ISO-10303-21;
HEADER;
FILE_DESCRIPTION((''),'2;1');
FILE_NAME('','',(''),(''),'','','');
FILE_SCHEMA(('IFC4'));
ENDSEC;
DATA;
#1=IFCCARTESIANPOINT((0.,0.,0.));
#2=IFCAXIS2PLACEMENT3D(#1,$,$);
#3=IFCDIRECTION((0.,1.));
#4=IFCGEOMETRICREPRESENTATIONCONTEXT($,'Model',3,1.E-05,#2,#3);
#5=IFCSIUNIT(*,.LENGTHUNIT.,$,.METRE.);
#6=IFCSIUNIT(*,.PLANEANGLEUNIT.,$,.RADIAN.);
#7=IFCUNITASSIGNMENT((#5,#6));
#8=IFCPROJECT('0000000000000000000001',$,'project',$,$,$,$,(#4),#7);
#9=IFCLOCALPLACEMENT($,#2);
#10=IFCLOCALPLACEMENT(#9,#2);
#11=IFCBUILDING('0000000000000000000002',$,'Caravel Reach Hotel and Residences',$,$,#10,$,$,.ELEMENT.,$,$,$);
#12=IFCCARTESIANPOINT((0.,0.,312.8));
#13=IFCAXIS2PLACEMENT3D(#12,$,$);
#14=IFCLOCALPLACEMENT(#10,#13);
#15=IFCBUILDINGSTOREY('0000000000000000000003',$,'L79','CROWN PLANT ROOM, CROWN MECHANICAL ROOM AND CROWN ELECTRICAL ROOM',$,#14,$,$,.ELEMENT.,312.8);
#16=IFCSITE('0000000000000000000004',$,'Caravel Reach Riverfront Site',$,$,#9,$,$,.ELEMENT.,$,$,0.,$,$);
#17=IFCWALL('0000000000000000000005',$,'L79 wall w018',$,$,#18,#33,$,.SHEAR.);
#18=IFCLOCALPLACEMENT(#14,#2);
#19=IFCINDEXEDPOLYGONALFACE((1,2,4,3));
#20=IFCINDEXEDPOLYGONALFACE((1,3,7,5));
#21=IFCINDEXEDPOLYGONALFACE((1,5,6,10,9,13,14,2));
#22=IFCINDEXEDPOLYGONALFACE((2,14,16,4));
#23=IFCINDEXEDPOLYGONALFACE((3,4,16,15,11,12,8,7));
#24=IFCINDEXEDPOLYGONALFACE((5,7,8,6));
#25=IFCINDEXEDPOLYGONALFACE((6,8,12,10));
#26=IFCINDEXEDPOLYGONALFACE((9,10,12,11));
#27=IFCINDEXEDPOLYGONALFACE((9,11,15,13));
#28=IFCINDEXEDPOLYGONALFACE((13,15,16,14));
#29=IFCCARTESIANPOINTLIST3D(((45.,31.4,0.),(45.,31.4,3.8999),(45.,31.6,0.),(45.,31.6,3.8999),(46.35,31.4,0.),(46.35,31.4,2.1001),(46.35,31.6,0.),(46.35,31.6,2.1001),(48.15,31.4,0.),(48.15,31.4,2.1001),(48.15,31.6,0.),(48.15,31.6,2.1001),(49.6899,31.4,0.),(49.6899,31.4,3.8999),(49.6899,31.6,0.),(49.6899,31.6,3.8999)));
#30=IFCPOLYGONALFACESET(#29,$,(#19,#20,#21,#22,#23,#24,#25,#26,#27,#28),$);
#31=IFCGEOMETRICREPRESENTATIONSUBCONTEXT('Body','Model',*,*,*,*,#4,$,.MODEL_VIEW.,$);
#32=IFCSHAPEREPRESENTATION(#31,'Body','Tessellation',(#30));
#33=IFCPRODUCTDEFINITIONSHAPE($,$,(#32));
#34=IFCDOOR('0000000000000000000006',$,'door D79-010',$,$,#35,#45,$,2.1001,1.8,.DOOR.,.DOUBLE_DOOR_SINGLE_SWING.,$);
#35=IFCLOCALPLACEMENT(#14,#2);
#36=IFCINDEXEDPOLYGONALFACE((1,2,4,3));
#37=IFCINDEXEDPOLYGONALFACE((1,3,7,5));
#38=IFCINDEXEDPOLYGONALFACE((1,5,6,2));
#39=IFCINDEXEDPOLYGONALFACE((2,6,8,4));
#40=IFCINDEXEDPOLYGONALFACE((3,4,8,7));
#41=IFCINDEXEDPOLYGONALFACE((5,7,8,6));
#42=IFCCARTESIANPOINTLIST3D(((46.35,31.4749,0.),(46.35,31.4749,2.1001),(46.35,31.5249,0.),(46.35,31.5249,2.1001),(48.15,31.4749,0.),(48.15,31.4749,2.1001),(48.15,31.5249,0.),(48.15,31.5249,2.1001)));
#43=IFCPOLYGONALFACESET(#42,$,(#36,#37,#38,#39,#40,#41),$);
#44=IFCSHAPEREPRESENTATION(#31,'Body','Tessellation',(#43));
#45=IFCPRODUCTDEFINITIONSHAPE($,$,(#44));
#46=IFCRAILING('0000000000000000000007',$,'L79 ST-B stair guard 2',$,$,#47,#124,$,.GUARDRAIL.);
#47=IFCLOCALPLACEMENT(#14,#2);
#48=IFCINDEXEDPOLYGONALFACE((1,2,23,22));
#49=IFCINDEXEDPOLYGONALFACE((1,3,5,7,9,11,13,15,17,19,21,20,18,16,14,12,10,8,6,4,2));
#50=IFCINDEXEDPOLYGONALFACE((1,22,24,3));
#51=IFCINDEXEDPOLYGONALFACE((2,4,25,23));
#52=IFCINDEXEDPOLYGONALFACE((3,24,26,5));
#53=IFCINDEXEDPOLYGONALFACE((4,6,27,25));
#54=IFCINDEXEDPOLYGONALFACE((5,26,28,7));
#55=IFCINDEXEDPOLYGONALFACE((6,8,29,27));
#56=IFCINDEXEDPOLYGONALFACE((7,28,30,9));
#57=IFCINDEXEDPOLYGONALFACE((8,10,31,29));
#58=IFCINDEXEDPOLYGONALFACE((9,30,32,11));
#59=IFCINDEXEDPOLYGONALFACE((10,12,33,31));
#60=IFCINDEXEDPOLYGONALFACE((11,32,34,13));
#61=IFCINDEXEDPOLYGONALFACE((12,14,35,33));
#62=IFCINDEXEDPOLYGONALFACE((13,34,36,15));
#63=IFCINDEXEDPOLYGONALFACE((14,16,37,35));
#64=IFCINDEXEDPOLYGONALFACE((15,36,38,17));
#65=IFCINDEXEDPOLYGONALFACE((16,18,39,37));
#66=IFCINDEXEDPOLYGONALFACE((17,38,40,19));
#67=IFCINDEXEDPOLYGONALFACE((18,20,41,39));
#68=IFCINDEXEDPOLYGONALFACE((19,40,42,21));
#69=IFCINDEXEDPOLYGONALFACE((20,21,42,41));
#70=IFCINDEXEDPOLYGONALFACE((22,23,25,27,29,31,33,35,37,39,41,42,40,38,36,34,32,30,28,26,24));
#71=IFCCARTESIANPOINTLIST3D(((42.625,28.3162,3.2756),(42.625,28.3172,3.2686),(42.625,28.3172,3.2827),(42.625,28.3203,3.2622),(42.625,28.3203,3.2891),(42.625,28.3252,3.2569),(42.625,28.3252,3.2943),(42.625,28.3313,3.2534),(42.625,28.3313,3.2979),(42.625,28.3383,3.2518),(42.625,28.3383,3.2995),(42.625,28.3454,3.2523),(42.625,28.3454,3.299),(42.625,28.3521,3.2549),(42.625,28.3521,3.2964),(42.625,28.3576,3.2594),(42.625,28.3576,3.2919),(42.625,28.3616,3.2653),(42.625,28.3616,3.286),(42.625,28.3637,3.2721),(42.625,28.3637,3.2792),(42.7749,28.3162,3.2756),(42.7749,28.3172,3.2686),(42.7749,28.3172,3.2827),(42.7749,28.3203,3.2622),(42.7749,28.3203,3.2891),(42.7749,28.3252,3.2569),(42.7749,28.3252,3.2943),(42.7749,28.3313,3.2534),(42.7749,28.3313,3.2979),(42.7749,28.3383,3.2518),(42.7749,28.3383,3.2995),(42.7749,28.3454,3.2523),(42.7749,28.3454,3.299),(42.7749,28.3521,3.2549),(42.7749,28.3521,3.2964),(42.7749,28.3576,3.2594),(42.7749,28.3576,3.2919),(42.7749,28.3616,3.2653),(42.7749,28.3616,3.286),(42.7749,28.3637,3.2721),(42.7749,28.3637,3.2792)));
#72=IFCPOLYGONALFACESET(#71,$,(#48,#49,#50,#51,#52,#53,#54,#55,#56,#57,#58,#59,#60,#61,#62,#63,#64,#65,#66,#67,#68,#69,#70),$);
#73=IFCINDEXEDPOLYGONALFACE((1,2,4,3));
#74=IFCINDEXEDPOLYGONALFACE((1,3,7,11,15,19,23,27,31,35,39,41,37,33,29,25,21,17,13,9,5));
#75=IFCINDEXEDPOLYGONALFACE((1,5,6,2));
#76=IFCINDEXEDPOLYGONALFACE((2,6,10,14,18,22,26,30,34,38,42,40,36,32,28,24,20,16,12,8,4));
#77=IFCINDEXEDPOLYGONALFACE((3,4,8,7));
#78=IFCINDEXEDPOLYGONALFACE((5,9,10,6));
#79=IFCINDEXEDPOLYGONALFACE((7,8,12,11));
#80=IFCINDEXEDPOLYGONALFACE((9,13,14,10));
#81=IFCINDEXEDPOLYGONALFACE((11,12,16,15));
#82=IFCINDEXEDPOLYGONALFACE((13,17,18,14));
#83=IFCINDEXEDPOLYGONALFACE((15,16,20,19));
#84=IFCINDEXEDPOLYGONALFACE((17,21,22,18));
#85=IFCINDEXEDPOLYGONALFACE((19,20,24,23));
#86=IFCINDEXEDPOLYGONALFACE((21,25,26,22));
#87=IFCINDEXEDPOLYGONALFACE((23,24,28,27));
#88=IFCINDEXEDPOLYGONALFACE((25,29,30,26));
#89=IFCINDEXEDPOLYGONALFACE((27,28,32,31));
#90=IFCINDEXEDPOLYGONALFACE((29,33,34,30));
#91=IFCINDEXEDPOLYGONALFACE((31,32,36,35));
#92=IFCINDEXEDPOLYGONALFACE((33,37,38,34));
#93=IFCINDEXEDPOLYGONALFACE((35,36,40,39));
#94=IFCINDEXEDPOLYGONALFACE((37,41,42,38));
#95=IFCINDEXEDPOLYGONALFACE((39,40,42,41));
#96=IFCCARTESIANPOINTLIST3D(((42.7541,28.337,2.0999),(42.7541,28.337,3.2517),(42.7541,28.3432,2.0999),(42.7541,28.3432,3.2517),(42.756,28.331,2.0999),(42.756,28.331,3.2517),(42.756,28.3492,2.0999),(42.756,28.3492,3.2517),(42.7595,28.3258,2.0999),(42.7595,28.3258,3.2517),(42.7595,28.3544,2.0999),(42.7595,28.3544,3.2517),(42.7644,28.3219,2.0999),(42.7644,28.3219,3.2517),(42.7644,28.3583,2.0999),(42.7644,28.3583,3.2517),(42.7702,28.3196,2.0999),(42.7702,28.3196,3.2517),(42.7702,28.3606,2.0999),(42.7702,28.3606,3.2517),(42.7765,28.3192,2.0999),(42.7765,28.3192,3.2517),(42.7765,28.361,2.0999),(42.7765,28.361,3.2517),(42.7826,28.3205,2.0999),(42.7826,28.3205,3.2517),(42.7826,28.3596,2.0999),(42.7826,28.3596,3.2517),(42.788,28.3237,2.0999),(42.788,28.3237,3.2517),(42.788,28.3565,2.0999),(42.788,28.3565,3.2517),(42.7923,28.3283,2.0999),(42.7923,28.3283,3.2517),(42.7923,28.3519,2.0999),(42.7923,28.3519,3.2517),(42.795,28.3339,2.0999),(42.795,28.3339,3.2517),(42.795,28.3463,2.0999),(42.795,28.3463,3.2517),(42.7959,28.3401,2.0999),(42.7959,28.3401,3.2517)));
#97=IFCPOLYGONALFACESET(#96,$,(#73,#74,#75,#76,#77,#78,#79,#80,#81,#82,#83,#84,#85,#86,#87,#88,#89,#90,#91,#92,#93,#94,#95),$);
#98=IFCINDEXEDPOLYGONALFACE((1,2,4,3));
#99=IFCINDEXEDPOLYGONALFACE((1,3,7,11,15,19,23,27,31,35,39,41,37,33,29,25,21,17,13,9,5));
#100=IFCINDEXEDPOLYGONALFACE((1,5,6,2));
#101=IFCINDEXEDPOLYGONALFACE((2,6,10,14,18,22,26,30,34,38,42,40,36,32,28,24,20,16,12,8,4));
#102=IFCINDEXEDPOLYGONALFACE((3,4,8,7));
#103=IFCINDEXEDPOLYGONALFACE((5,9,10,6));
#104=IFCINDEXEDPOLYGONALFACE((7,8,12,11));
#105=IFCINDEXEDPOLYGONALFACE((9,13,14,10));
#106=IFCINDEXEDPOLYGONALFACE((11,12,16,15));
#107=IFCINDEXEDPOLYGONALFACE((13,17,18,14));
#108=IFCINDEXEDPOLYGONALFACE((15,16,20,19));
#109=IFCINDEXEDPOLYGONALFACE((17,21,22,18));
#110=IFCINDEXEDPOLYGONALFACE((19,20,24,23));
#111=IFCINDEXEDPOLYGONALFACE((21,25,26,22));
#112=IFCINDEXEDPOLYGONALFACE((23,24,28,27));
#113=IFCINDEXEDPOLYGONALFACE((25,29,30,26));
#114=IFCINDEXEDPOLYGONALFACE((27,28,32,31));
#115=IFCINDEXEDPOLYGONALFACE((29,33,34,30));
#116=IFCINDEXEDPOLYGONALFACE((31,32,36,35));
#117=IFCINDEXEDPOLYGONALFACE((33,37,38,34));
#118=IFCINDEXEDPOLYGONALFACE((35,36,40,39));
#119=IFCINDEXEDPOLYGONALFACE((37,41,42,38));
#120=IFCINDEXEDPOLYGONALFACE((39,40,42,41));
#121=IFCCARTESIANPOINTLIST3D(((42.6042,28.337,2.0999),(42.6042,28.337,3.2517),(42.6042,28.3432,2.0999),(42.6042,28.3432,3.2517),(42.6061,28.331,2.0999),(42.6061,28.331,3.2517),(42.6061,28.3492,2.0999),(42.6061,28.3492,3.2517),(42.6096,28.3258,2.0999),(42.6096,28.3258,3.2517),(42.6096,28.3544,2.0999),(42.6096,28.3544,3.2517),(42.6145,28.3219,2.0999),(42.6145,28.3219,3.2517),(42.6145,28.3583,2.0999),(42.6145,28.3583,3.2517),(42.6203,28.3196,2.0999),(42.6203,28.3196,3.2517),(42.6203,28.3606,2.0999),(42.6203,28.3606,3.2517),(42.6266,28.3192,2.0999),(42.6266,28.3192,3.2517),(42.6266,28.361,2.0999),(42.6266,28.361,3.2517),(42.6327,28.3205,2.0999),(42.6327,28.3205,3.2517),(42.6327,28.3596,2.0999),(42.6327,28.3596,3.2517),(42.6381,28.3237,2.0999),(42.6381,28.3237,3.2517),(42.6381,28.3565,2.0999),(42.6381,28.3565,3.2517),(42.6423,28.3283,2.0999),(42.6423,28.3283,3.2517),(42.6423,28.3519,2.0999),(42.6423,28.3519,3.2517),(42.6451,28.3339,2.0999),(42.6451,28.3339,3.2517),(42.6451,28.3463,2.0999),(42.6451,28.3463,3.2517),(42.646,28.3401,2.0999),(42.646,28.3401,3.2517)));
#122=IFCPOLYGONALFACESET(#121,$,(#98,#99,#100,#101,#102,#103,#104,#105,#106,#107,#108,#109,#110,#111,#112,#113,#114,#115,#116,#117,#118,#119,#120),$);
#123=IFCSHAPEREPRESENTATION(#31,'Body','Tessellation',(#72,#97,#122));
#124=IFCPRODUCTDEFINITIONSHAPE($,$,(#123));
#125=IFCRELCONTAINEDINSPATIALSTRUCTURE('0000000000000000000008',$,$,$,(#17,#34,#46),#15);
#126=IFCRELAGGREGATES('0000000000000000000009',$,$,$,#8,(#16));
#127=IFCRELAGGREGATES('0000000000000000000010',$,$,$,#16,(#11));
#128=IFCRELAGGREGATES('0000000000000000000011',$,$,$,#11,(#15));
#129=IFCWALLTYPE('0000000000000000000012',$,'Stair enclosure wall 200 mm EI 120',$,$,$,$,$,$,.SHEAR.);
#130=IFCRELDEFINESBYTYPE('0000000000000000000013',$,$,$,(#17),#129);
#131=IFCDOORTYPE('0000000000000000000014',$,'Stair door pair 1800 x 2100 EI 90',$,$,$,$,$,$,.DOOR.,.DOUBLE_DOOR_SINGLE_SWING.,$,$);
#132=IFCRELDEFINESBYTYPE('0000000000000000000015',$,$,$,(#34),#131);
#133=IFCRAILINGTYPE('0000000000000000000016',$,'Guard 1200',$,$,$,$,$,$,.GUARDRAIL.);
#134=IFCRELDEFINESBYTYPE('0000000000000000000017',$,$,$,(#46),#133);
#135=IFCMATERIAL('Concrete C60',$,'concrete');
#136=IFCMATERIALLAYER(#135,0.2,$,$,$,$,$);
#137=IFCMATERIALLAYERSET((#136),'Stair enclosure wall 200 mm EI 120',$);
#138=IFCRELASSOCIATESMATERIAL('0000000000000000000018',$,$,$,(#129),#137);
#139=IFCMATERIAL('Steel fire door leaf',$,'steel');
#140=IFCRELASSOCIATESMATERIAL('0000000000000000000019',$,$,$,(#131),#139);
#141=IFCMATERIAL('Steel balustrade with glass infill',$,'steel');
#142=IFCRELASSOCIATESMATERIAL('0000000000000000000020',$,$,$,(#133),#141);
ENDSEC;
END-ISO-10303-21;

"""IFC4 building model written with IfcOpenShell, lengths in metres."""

from ifc_helpers import new_model, si_unit, direction, frame, frame_2d, origin, origin_2d, place, context, subcontext, project, spatial, rectangle, circle, extrude, material, layer, layer_set, type_object, element, fill, save


model = new_model("IFC4")

# Units and contexts
model_context = context("Model", 3, precision=1e-05, world=origin(), true_north=direction((0.0, 1.0)))
body_context = subcontext(model_context, "Body", "Model", "MODEL_VIEW")
ifc_project = project(units=[si_unit("LENGTHUNIT", "METRE"), si_unit("PLANEANGLEUNIT", "RADIAN")], contexts=[model_context])

# Site, building, storey
site_placement = place(None, origin())
site = spatial("IfcSite", under=ifc_project, at=site_placement, Name="Caravel Reach Riverfront Site", CompositionType="ELEMENT", RefElevation=0.0)
building_placement = place(site_placement, origin())
building = spatial("IfcBuilding", under=site, at=building_placement, Name="Caravel Reach Hotel and Residences", CompositionType="ELEMENT")
storey_placement = place(building_placement, frame((0.0, 0.0, 312.8)))
storey = spatial("IfcBuildingStorey", under=building, at=storey_placement, Name="L79", Description="CROWN PLANT ROOM, CROWN MECHANICAL ROOM AND CROWN ELECTRICAL ROOM", CompositionType="ELEMENT", Elevation=312.8)

# Wall, opening, door
ifc_material_1 = material(Name="Concrete C60", Category="concrete")
ifc_layer_1 = layer(ifc_material_1, 0.2)
ifc_layer_set_1 = layer_set([ifc_layer_1], Name="Stair enclosure wall 200 mm EI 120")
wall_type = type_object("IfcWallType", Name="Stair enclosure wall 200 mm EI 120", PredefinedType="SHEAR", material=ifc_layer_set_1)
wall_placement = place(storey_placement, frame((45.0, 31.5, 0.0), z_axis=(0.0, 0.0, 1.0), x_axis=(1.0, 0.0, 0.0)))
wall = element("IfcWall", 1, at=wall_placement, inside=storey, type_object=wall_type, Name="L79 wall w018", PredefinedType="SHEAR", context=body_context, shape_type="SweptSolid", body=[
    extrude(rectangle(XDim=4.6899, YDim=0.2, at=frame_2d((2.345, 0.0))), origin(), (0.0, 0.0, 1.0), 3.8999),
])
opening_placement = place(wall_placement, frame((1.3501, 0.0, 0.0)))
opening = element("IfcOpeningElement", 2, at=opening_placement, cuts=wall, PredefinedType="OPENING", context=body_context, shape_type="SweptSolid", body=[
    extrude(rectangle(XDim=1.8, YDim=2.1001, at=frame_2d((0.8999, 1.05))), frame((0.0, 0.1099, 0.0), z_axis=(0.0, -1.0, 0.0), x_axis=(1.0, 0.0, 0.0)), (0.0, 0.0, 1.0), 0.22),
])
ifc_material_2 = material(Name="Steel fire door leaf", Category="steel")
door_type = type_object("IfcDoorType", Name="Stair door pair 1800 x 2100 EI 90", OperationType="DOUBLE_DOOR_SINGLE_SWING", PredefinedType="DOOR", material=ifc_material_2)
door_placement = place(opening_placement, origin())
door = element("IfcDoor", 3, at=door_placement, inside=storey, type_object=door_type, Name="door D79-010", OperationType="DOUBLE_DOOR_SINGLE_SWING", OverallHeight=2.1001, OverallWidth=1.8, PredefinedType="DOOR", context=body_context, shape_type="SweptSolid", body=[
    extrude(rectangle(XDim=1.8, YDim=2.1001, at=frame_2d((0.8999, 1.05))), frame((0.0, 0.0249, 0.0), z_axis=(0.0, -1.0, 0.0), x_axis=(1.0, 0.0, 0.0)), (0.0, 0.0, 1.0), 0.05),
])
fill(opening, door)

# Railing
ifc_material_3 = material(Name="Steel balustrade with glass infill", Category="steel")
railing_type_1 = type_object("IfcRailingType", Name="Guard 1200", PredefinedType="GUARDRAIL", material=ifc_material_3)
railing_1_placement = place(storey_placement, frame((42.7749, 28.3401, 2.0999)))
element("IfcRailing", 4, at=railing_1_placement, inside=storey, type_object=railing_type_1, Name="L79 ST-B stair guard 2", PredefinedType="GUARDRAIL", context=body_context, shape_type="SweptSolid", body=[
    extrude(circle(Radius=0.0239, at=origin_2d()), frame((0.0, 0.0, 1.1758), z_axis=(-1.0, 0.0, 0.0), x_axis=(0.0, -1.0, 0.0)), (0.0, 0.0, 1.0), 0.1499),
    extrude(circle(Radius=0.021, at=origin_2d()), origin(), (0.0, 0.0, 1.0), 1.1519),
    extrude(circle(Radius=0.021, at=origin_2d()), frame((-0.1499, 0.0, 0.0)), (0.0, 0.0, 1.0), 1.1519),
])

save(model, "model.ifc")
